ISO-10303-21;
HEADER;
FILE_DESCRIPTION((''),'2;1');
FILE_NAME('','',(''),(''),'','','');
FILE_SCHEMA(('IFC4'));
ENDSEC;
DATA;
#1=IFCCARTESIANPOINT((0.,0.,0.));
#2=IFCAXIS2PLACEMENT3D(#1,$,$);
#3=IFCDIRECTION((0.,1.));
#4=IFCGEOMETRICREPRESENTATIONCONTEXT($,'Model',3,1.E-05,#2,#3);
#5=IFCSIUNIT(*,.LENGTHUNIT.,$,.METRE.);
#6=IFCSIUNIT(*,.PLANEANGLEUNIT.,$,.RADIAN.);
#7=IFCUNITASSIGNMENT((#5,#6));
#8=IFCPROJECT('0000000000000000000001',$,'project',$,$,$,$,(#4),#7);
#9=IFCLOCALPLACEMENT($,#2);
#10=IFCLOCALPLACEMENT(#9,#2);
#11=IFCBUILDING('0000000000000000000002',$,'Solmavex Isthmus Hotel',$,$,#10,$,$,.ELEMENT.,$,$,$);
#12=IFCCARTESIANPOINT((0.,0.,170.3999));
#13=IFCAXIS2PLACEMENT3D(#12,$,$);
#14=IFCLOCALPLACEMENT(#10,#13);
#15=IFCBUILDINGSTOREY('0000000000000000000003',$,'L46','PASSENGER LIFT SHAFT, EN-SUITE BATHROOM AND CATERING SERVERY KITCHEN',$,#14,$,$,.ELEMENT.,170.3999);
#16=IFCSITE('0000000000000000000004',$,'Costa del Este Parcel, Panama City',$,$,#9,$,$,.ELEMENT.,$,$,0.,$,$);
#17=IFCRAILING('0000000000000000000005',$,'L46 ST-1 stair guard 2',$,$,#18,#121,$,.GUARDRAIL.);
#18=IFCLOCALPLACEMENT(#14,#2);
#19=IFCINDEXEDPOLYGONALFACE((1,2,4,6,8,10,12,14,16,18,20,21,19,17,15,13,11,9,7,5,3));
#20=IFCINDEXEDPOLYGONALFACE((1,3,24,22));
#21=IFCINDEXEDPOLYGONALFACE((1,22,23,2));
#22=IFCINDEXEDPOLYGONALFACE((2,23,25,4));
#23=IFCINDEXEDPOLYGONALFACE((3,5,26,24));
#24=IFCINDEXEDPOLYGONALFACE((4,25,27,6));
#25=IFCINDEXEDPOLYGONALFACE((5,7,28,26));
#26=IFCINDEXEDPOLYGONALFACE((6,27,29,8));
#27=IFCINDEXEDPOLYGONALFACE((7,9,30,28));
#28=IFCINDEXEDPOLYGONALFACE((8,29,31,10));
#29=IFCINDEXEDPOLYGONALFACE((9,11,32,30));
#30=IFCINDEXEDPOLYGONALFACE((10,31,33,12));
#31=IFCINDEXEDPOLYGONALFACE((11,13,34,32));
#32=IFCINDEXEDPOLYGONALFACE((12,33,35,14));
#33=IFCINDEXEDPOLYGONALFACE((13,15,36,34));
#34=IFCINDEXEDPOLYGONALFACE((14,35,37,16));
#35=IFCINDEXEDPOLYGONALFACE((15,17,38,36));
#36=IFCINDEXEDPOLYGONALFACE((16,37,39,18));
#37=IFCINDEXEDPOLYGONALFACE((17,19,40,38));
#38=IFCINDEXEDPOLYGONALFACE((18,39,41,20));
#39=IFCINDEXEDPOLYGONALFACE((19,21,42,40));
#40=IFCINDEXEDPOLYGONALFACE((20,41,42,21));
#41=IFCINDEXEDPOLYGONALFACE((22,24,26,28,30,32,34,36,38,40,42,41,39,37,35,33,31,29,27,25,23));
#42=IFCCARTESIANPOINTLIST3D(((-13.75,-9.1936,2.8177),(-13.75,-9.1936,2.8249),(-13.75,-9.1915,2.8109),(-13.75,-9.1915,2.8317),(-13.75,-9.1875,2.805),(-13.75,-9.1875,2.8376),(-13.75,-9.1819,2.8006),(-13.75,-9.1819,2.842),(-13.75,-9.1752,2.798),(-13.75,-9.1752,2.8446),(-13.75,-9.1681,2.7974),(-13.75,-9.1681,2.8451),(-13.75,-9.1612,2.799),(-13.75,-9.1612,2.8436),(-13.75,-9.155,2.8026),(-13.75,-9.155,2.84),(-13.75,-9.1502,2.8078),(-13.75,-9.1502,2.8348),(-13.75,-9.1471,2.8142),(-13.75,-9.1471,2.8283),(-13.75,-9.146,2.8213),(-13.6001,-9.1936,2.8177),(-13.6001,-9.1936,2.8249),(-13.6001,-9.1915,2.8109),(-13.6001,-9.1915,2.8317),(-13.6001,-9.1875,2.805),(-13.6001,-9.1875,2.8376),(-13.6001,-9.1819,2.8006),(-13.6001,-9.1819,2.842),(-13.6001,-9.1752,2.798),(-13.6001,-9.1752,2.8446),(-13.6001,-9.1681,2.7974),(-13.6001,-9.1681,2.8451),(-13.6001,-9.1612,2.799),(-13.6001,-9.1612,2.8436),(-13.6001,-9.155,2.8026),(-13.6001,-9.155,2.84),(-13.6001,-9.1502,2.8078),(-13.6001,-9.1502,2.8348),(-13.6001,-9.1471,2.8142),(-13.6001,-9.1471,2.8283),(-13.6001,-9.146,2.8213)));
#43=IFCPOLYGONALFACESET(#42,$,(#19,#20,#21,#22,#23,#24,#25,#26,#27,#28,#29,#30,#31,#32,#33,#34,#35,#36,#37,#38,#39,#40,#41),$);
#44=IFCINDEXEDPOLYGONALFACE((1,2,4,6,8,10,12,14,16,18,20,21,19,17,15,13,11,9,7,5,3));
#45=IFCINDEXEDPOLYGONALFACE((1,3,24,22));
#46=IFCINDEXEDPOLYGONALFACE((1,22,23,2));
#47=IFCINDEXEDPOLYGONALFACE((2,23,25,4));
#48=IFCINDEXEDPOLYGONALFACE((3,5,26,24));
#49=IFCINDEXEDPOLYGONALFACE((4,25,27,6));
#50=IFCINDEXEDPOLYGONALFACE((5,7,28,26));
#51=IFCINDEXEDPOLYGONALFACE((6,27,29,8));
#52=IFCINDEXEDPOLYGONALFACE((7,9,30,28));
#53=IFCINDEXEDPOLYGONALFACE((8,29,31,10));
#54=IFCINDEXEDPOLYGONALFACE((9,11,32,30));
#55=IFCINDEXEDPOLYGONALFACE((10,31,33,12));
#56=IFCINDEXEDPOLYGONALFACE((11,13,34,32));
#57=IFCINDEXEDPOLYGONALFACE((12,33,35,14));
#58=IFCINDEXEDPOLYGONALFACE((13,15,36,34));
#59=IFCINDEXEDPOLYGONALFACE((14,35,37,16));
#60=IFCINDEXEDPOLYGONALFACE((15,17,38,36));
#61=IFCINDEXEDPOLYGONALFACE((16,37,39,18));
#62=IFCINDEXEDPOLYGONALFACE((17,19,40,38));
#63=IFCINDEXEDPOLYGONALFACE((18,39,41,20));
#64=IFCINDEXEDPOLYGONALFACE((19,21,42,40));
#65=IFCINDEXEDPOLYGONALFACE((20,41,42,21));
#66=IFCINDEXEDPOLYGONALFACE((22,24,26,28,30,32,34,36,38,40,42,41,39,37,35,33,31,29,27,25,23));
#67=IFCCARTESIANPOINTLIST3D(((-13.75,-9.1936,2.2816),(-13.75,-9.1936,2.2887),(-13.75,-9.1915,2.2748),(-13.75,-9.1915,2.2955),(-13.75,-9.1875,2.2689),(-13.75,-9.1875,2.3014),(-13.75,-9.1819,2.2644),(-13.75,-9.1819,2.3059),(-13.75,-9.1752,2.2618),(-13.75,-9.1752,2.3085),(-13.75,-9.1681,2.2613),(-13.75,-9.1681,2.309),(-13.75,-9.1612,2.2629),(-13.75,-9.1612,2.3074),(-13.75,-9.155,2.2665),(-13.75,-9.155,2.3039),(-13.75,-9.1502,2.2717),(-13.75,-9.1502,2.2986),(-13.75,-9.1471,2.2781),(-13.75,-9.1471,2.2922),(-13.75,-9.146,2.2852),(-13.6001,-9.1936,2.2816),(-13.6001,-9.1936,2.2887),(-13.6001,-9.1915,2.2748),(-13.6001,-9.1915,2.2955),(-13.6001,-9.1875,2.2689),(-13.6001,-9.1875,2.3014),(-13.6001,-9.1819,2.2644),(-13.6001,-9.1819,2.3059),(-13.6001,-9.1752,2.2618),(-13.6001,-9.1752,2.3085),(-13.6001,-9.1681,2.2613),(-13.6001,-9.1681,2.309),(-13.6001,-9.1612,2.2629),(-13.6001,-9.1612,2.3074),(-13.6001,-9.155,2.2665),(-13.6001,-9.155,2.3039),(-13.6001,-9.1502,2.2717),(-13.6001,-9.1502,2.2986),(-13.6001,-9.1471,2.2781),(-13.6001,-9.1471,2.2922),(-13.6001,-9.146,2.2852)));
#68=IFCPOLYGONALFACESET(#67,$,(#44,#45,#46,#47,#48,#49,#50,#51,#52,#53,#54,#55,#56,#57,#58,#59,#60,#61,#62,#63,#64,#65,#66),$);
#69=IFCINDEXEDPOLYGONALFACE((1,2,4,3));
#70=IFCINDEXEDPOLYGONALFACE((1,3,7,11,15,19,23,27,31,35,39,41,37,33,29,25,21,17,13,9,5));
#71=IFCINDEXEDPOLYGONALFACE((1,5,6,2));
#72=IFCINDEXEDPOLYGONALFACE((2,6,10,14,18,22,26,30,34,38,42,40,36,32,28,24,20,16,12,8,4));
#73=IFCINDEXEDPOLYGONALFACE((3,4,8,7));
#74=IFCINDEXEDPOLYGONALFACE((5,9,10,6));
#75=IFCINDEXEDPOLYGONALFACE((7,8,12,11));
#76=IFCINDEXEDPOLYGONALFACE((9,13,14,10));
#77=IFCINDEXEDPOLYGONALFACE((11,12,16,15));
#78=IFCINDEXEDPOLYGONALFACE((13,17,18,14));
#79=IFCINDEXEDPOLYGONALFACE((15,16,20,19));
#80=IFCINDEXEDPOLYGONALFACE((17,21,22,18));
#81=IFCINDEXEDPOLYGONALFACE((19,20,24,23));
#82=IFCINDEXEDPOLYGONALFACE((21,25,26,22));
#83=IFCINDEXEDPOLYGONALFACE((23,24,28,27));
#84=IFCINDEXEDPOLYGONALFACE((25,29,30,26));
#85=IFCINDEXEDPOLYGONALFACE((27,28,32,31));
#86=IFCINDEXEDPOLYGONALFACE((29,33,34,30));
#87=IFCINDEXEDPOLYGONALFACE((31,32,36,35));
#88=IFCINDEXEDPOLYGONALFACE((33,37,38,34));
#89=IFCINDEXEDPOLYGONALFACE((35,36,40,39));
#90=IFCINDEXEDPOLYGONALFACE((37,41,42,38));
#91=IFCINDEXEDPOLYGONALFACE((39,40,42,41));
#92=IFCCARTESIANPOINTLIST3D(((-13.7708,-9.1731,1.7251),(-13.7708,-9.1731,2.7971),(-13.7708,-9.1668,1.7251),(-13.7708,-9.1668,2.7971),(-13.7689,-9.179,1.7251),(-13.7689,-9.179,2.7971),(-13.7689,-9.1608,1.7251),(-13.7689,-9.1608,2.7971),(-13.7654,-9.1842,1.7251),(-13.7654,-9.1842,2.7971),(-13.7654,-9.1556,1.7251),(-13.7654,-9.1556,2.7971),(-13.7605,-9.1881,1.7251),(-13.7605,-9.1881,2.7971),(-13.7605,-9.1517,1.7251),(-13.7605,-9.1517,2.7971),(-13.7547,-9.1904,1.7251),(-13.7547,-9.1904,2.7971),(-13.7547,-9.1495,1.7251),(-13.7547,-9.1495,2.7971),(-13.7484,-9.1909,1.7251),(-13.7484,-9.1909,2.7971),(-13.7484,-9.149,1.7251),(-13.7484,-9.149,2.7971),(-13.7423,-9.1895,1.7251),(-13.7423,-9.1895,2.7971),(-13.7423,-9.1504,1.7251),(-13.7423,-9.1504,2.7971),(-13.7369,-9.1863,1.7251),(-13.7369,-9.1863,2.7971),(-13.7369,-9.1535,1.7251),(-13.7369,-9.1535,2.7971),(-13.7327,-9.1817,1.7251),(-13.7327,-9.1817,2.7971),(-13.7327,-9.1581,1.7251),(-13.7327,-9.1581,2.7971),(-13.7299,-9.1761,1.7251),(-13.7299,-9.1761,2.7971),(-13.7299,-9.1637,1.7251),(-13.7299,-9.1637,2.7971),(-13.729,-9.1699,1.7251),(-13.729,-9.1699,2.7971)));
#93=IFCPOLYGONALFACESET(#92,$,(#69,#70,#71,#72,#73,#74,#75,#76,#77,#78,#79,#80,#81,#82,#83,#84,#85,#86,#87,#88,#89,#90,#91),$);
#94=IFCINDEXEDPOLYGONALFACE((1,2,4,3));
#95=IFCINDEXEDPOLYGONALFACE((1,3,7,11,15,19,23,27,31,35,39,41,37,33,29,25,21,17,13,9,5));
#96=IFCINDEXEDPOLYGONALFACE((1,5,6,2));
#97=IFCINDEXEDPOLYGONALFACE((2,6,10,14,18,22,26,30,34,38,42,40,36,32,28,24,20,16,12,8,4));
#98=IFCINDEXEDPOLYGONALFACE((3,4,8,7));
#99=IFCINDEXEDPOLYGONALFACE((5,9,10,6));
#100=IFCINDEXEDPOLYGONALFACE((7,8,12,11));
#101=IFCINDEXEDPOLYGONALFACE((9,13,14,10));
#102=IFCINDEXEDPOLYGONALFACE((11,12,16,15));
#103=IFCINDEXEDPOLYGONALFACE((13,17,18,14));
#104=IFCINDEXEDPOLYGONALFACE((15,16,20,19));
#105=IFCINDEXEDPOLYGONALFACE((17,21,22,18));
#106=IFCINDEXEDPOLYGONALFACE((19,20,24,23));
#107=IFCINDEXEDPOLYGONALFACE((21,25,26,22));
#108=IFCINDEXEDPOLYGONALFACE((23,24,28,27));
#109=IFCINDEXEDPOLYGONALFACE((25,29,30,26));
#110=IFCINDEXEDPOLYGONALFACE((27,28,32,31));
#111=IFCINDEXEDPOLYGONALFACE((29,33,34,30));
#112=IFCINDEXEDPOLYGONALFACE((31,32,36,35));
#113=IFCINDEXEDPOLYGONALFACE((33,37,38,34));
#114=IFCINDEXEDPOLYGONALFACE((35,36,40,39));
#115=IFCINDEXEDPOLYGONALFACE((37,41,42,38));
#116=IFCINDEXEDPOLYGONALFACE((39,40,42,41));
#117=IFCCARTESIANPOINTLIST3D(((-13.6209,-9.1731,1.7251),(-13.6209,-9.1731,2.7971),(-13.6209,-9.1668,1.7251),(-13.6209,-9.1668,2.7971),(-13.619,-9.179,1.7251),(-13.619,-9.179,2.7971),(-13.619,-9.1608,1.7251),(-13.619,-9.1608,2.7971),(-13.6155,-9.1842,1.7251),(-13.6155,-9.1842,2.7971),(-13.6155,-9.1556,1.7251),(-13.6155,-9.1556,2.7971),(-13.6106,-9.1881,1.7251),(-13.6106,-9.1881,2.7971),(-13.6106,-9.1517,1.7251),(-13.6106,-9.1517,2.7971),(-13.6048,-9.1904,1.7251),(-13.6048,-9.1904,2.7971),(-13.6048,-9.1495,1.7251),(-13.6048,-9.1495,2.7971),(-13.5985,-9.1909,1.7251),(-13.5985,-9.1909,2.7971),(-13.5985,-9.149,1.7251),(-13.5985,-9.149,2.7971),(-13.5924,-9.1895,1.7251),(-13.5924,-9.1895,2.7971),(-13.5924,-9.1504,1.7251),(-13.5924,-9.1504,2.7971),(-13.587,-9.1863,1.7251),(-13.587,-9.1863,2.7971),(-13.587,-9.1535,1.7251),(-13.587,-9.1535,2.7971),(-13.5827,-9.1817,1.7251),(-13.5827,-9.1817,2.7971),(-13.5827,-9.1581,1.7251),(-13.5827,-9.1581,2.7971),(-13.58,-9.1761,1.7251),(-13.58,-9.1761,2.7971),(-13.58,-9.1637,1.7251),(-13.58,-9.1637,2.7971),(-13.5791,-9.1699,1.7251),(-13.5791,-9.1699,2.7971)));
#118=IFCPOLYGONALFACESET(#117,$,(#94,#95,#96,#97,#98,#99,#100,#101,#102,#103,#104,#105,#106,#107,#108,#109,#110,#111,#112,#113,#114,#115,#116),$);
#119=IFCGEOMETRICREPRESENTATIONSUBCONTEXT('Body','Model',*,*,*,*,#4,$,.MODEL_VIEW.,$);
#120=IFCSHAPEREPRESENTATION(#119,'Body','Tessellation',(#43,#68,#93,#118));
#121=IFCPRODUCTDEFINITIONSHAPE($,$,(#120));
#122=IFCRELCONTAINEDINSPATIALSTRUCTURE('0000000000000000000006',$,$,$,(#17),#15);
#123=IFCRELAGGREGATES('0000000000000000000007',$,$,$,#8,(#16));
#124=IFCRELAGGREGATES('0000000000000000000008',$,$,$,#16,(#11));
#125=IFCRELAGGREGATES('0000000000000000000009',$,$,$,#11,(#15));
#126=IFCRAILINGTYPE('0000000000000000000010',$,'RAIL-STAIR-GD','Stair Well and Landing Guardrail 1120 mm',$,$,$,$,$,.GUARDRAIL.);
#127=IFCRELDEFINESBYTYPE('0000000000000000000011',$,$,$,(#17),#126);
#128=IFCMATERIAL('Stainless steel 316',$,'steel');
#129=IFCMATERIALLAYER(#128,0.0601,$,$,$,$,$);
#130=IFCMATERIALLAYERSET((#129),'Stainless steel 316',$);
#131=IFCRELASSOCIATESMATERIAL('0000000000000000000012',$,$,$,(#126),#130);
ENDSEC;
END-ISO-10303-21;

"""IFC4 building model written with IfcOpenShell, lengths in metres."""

from ifc_helpers import new_model, si_unit, direction, frame, origin, origin_2d, place, context, subcontext, project, spatial, circle, extrude, material, layer, layer_set, type_object, element, save


model = new_model("IFC4")

# Units and contexts
model_context = context("Model", 3, precision=1e-05, world=origin(), true_north=direction((0.0, 1.0)))
body_context = subcontext(model_context, "Body", "Model", "MODEL_VIEW")
ifc_project = project(units=[si_unit("LENGTHUNIT", "METRE"), si_unit("PLANEANGLEUNIT", "RADIAN")], contexts=[model_context])

# Site, building, storey
site_placement = place(None, origin())
site = spatial("IfcSite", under=ifc_project, at=site_placement, Name="Costa del Este Parcel, Panama City", CompositionType="ELEMENT", RefElevation=0.0)
building_placement = place(site_placement, origin())
building = spatial("IfcBuilding", under=site, at=building_placement, Name="Solmavex Isthmus Hotel", CompositionType="ELEMENT")
storey_placement = place(building_placement, frame((0.0, 0.0, 170.3999)))
storey = spatial("IfcBuildingStorey", under=building, at=storey_placement, Name="L46", Description="PASSENGER LIFT SHAFT, EN-SUITE BATHROOM AND CATERING SERVERY KITCHEN", CompositionType="ELEMENT", Elevation=170.3999)

# Railing
ifc_material_1 = material(Name="Stainless steel 316", Category="steel")
ifc_layer_1 = layer(ifc_material_1, 0.0601)
ifc_layer_set_1 = layer_set([ifc_layer_1], Name="Stainless steel 316")
railing_type = type_object("IfcRailingType", Name="RAIL-STAIR-GD", Description="Stair Well and Landing Guardrail 1120 mm", PredefinedType="GUARDRAIL", material=ifc_layer_set_1)
railing_1_placement = place(storey_placement, frame((-13.75, -9.1699, 1.7251)))
element("IfcRailing", 1, at=railing_1_placement, inside=storey, type_object=railing_type, Name="L46 ST-1 stair guard 2", PredefinedType="GUARDRAIL", context=body_context, shape_type="SweptSolid", body=[
    extrude(circle(Radius=0.0239, at=origin_2d()), frame((0.0, 0.0, 1.0962), z_axis=(1.0, 0.0, 0.0), x_axis=(0.0, 1.0, 0.0)), (0.0, 0.0, 1.0), 0.1499),
    extrude(circle(Radius=0.0239, at=origin_2d()), frame((0.0, 0.0, 0.5601), z_axis=(1.0, 0.0, 0.0), x_axis=(0.0, 1.0, 0.0)), (0.0, 0.0, 1.0), 0.1499),
    extrude(circle(Radius=0.021, at=origin_2d()), origin(), (0.0, 0.0, 1.0), 1.072),
    extrude(circle(Radius=0.021, at=origin_2d()), frame((0.1499, 0.0, 0.0)), (0.0, 0.0, 1.0), 1.072),
])

save(model, "model.ifc")
